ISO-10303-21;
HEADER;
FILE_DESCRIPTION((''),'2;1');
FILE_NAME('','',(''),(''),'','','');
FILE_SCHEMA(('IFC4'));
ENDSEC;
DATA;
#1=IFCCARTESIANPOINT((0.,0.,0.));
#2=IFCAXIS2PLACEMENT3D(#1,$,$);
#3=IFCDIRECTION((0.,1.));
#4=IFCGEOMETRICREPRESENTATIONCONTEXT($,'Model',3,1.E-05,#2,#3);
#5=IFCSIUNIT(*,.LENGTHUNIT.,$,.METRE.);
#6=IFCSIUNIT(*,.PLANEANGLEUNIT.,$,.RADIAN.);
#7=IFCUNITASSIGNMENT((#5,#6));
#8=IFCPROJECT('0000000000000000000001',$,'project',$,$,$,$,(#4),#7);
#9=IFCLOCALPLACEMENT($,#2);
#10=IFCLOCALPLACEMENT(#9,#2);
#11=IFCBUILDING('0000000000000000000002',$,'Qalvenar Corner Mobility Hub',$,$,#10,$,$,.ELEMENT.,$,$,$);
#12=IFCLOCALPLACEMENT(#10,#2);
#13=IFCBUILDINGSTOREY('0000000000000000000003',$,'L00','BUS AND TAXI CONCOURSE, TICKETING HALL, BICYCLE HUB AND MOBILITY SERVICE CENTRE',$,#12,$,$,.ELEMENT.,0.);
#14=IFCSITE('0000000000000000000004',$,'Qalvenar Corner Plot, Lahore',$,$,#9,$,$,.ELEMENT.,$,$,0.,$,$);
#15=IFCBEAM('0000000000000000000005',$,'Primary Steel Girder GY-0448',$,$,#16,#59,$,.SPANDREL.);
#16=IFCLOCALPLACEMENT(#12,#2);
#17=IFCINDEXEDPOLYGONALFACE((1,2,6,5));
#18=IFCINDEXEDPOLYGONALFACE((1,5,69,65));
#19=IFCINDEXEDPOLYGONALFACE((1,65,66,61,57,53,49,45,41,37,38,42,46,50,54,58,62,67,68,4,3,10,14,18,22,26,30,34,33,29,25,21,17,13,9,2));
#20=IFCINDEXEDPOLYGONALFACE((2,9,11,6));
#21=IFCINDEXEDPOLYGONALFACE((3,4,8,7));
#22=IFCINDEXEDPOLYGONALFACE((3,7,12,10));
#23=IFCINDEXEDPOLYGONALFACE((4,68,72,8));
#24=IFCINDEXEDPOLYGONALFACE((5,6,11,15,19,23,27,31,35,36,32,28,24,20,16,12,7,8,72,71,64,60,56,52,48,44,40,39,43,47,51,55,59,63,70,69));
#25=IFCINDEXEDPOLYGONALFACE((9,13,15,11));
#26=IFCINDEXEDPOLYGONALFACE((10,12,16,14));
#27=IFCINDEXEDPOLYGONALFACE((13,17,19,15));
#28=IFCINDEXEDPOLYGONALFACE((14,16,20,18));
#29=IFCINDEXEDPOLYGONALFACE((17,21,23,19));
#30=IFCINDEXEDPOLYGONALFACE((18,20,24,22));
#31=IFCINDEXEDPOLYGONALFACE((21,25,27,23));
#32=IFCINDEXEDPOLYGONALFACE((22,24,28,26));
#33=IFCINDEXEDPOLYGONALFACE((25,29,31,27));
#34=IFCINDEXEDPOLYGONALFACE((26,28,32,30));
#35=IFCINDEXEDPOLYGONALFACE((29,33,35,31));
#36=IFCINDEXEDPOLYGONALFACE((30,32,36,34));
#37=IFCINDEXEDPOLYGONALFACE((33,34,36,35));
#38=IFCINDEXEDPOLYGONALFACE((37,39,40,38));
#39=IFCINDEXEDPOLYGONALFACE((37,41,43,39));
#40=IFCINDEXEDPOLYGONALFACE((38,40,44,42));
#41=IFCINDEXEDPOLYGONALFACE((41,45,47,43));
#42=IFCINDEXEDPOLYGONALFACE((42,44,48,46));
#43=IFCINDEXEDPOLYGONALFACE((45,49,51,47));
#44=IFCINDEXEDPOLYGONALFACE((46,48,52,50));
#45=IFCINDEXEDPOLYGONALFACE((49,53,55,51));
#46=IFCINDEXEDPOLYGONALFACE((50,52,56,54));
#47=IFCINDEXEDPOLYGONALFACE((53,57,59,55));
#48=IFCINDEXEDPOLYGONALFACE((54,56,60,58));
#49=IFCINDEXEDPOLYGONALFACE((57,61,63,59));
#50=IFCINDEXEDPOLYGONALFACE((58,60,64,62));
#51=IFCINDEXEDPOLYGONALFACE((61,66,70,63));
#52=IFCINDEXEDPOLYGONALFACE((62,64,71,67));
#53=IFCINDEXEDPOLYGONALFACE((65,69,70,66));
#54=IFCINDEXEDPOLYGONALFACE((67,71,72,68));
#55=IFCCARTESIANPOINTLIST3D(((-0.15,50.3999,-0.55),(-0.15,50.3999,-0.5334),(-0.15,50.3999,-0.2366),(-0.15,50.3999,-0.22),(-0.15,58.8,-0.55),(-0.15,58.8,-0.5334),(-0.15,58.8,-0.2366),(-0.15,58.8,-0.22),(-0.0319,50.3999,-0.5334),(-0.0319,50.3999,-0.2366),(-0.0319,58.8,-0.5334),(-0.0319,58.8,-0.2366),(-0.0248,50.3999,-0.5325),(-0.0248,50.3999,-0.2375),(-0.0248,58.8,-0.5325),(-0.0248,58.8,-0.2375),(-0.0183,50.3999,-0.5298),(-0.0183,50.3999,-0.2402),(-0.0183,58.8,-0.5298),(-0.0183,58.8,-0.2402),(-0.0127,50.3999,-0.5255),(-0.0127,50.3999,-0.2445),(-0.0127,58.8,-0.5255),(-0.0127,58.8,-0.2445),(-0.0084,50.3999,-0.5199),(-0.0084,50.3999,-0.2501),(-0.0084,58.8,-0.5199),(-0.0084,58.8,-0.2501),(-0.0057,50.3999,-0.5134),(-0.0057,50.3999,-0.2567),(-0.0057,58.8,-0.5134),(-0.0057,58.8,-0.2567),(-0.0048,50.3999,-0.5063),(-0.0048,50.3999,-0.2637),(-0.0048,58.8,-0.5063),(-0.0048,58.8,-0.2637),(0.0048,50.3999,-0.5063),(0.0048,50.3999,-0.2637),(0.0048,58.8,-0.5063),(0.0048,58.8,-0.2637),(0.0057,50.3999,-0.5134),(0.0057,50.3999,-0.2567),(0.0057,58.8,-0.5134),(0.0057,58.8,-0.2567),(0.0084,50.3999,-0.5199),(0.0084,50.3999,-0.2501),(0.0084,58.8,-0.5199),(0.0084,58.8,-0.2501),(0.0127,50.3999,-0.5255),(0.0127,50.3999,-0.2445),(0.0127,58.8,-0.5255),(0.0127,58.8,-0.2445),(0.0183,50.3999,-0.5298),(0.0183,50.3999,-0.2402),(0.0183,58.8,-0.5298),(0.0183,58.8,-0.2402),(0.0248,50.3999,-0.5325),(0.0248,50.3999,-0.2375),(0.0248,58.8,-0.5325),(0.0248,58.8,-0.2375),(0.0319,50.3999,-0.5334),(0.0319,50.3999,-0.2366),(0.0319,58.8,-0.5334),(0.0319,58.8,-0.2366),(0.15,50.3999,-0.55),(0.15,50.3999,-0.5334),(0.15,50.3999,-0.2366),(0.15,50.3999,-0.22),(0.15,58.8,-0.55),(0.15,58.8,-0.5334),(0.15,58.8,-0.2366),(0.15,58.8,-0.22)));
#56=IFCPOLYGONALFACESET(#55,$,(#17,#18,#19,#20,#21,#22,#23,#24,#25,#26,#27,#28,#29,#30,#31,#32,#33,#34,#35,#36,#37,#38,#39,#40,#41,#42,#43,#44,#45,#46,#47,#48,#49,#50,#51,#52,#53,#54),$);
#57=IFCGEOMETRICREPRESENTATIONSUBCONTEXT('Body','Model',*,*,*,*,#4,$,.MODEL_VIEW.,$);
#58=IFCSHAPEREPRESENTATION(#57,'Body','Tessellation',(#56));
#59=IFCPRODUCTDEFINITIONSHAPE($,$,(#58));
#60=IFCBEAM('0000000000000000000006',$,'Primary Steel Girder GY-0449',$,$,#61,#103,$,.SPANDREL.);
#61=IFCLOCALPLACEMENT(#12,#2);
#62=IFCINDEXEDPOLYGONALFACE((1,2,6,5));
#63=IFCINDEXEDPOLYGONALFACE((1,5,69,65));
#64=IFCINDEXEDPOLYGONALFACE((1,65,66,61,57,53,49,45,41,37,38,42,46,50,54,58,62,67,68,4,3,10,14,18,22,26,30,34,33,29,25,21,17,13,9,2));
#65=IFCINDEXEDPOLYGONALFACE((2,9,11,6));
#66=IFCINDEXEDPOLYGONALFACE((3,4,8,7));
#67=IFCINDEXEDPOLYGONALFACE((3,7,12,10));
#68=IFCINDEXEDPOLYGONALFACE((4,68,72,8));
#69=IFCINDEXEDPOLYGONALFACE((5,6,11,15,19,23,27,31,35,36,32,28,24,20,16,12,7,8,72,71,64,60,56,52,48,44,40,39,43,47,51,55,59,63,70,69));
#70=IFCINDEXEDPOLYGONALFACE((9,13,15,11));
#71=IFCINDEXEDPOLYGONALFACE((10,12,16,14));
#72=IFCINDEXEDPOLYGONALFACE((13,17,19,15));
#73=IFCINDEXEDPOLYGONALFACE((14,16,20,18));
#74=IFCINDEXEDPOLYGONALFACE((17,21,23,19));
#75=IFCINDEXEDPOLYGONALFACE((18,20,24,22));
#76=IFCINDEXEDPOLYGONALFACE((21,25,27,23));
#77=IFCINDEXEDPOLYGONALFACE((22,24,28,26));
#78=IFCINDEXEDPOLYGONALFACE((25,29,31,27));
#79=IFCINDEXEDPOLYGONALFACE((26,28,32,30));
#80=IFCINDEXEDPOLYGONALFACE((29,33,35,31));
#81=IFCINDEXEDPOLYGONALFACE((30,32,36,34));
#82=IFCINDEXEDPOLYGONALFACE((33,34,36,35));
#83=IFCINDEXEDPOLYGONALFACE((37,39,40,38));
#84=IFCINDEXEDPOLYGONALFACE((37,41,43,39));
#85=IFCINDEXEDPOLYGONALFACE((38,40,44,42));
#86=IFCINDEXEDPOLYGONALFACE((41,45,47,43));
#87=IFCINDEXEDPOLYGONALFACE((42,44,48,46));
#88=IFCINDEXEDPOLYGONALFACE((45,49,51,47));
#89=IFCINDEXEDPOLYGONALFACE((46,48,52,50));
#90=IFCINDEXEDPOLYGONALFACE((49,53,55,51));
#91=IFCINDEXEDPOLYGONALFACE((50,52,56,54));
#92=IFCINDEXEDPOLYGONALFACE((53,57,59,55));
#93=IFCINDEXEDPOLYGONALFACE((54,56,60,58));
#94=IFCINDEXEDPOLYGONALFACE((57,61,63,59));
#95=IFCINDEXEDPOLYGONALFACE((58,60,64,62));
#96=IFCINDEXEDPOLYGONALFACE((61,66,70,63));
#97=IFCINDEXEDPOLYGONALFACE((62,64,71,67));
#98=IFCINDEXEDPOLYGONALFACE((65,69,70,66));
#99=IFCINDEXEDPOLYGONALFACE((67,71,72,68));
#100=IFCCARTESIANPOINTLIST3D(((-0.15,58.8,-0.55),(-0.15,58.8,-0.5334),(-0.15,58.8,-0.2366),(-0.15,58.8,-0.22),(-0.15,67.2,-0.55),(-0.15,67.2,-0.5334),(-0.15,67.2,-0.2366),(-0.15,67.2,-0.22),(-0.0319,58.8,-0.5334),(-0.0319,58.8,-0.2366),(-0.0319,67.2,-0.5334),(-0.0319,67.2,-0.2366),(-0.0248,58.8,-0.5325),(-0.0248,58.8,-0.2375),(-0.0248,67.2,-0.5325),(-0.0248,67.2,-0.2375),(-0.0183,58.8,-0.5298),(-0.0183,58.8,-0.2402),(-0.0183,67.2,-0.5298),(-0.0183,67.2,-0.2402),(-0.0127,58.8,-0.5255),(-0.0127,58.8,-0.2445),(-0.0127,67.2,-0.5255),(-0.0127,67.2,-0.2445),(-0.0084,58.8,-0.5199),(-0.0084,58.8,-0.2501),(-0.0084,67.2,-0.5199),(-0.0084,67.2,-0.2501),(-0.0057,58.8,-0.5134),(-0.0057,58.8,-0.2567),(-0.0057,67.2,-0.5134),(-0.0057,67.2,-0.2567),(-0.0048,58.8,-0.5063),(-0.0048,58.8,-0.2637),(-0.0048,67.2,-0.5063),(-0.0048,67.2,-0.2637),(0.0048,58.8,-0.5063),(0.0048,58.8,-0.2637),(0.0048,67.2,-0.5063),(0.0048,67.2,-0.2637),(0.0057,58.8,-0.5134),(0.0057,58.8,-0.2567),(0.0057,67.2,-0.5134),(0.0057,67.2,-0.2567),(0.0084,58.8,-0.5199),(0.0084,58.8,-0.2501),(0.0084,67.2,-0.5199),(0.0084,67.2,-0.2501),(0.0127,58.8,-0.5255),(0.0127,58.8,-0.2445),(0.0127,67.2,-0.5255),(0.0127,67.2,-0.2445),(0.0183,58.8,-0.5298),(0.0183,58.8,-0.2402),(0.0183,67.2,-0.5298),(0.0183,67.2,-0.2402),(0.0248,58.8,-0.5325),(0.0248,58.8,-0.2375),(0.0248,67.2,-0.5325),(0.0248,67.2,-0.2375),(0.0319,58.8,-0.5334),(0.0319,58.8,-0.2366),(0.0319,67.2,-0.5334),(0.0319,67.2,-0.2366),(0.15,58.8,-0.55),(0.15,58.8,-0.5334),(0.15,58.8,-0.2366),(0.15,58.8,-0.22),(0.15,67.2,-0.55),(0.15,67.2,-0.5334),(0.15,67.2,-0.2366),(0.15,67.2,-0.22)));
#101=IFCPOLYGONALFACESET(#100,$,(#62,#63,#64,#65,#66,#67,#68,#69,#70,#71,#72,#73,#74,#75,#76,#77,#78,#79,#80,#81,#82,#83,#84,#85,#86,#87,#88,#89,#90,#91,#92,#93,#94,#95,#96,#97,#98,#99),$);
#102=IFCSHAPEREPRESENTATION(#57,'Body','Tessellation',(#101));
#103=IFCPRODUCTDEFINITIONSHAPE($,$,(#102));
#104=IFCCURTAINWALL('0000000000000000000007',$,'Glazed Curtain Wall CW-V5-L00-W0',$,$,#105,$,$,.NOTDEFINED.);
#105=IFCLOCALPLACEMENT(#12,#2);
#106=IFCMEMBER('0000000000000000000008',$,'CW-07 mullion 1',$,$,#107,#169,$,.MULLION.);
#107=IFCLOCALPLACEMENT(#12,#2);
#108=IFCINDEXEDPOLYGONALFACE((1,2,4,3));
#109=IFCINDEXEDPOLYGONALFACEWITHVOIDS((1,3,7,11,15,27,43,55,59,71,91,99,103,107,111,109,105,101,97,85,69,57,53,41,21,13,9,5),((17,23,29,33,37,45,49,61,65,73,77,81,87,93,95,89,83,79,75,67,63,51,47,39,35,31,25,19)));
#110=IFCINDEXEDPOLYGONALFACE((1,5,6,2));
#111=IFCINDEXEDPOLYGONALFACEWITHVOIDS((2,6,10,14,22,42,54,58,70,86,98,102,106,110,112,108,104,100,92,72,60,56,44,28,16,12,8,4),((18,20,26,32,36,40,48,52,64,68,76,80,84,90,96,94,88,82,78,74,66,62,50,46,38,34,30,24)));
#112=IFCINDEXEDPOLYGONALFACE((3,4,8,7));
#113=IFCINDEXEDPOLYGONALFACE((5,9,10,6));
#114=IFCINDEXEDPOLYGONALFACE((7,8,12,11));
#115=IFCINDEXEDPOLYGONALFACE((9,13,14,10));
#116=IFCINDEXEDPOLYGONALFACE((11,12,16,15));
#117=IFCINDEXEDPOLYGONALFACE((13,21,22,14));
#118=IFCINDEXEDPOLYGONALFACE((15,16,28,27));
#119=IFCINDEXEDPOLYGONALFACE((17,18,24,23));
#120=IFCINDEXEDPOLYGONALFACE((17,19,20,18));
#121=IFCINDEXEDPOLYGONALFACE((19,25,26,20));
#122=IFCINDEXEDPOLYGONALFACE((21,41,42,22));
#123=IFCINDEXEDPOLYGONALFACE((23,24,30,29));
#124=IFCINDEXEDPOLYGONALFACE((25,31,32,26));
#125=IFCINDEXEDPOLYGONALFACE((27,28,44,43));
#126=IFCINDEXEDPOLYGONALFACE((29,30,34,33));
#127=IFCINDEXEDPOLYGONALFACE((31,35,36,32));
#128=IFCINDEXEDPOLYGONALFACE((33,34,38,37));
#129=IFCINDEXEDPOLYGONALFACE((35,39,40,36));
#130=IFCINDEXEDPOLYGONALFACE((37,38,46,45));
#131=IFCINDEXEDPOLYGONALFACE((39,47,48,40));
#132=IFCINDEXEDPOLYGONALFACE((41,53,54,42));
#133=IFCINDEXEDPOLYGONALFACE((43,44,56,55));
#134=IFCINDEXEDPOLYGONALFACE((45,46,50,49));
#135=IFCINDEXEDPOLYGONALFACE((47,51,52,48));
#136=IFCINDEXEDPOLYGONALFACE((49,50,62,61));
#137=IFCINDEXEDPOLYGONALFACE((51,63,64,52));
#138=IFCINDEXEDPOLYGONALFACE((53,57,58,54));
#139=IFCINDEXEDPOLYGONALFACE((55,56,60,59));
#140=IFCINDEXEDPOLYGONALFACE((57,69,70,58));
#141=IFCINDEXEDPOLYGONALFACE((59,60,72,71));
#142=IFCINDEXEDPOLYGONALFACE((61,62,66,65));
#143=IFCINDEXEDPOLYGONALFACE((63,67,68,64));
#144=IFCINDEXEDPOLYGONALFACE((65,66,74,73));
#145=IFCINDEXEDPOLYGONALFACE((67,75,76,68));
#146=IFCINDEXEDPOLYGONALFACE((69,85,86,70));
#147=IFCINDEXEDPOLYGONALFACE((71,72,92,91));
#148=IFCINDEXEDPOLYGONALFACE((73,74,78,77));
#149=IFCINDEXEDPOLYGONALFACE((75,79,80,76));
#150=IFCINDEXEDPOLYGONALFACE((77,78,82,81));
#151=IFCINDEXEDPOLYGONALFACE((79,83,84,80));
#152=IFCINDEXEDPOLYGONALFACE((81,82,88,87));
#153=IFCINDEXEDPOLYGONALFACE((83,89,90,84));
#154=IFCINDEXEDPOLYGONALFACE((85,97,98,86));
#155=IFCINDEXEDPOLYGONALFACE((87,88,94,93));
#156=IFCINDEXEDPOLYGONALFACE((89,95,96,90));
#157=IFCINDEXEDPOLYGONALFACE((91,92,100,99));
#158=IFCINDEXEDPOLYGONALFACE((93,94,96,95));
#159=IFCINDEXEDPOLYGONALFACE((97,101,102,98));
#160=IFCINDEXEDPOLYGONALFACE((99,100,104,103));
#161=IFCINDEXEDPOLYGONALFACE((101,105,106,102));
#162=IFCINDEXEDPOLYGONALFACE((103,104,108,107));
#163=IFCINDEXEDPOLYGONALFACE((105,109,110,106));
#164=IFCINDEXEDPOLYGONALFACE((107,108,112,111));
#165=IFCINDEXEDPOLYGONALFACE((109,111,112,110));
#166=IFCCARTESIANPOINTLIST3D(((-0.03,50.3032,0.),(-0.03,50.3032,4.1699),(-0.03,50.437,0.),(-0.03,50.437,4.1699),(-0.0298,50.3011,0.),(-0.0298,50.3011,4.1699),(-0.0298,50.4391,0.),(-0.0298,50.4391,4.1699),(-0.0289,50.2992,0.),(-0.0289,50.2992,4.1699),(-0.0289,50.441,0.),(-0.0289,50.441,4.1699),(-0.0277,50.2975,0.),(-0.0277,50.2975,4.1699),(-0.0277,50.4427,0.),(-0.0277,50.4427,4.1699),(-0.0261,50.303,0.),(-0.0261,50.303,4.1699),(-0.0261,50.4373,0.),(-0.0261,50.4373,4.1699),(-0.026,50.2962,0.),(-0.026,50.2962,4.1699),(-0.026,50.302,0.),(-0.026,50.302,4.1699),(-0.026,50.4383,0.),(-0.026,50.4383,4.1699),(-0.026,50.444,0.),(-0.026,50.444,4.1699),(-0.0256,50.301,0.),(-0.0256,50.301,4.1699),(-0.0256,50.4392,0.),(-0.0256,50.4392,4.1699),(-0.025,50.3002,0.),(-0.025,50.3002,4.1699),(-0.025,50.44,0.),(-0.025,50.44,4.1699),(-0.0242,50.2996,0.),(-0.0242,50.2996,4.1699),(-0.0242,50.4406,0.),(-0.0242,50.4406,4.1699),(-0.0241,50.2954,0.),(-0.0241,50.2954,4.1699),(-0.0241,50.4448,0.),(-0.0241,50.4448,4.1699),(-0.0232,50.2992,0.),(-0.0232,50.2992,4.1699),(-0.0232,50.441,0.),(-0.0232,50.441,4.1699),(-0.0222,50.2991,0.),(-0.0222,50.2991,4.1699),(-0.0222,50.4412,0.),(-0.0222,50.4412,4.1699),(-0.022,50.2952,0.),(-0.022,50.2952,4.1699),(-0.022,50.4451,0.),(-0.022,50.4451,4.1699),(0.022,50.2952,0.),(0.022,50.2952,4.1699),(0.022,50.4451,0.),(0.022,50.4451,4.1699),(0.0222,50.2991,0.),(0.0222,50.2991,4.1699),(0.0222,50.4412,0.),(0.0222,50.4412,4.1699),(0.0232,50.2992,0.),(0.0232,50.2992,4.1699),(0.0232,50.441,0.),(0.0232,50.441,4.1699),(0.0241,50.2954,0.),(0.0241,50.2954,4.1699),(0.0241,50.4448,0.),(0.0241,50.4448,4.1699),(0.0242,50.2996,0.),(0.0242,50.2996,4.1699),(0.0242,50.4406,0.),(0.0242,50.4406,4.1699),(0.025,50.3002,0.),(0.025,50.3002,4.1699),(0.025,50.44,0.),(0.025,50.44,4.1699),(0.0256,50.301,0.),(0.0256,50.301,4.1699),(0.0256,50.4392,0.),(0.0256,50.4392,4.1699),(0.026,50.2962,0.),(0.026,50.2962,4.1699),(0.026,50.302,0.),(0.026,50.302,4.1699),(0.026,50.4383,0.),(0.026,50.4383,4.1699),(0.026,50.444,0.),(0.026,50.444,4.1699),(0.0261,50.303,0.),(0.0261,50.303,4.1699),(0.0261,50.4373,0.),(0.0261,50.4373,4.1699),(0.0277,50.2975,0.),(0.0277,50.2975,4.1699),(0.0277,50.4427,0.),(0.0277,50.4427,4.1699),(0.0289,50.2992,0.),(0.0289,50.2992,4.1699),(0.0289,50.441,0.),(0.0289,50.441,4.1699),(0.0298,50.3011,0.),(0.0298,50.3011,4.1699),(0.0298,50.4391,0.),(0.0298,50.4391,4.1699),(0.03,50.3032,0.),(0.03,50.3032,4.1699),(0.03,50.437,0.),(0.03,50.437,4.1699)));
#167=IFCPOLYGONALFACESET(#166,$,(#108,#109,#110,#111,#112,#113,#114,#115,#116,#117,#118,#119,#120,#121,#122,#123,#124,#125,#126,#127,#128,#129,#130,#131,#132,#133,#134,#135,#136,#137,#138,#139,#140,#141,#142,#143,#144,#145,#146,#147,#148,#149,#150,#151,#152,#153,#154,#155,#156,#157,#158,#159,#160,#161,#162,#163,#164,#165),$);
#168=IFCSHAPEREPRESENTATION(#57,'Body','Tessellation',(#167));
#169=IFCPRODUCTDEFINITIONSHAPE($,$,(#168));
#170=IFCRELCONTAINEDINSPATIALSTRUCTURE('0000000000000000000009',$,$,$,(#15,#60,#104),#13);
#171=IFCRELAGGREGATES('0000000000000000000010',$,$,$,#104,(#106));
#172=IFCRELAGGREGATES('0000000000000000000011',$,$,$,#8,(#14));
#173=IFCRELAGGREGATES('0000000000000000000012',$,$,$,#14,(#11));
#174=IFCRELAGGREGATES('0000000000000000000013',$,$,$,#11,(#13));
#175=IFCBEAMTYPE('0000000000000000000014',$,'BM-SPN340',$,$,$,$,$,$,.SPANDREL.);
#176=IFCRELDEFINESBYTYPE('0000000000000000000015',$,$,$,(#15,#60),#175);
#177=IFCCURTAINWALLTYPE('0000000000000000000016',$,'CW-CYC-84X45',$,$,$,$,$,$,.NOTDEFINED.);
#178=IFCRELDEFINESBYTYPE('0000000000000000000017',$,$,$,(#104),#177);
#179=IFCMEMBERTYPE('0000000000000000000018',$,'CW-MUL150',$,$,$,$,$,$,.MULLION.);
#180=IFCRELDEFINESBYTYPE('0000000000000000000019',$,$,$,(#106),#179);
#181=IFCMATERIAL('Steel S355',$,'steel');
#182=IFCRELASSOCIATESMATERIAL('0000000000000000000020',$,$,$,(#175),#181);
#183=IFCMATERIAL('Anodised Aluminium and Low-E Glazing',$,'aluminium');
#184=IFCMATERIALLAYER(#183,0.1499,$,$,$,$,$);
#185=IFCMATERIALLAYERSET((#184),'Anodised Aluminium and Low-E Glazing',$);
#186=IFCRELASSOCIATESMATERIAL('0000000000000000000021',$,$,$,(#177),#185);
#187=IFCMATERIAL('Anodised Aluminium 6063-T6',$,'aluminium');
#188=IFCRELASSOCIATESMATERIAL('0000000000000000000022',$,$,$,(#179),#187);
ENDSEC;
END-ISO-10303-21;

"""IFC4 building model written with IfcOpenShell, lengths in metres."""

from ifc_helpers import new_model, si_unit, direction, frame, origin, origin_2d, place, context, subcontext, project, spatial, hollow_rectangle, i_section, extrude, material, layer, layer_set, material_profile, profile_set, type_object, element, aggregate, save


model = new_model("IFC4")

# Units and contexts
model_context = context("Model", 3, precision=1e-05, world=origin(), true_north=direction((0.0, 1.0)))
body_context = subcontext(model_context, "Body", "Model", "MODEL_VIEW")
ifc_project = project(units=[si_unit("LENGTHUNIT", "METRE"), si_unit("PLANEANGLEUNIT", "RADIAN")], contexts=[model_context])

# Site, building, storey
site_placement = place(None, origin())
site = spatial("IfcSite", under=ifc_project, at=site_placement, Name="Qalvenar Corner Plot, Lahore", CompositionType="ELEMENT", RefElevation=0.0)
building_placement = place(site_placement, origin())
building = spatial("IfcBuilding", under=site, at=building_placement, Name="Qalvenar Corner Mobility Hub", CompositionType="ELEMENT")
storey_placement = place(building_placement, origin())
storey = spatial("IfcBuildingStorey", under=building, at=storey_placement, Name="L00", Description="BUS AND TAXI CONCOURSE, TICKETING HALL, BICYCLE HUB AND MOBILITY SERVICE CENTRE", CompositionType="ELEMENT", Elevation=0.0)

# Shared definitions
ifc_material_1 = material(Name="Steel S355", Category="steel")

# Beams
ifc_material_profile_1 = material_profile(ifc_material_1, i_section(OverallWidth=0.3, OverallDepth=0.3301, WebThickness=0.0095, FlangeThickness=0.0166, FilletRadius=0.0271, at=origin_2d()), Name="HEA340")
ifc_profile_set_1 = profile_set([ifc_material_profile_1], Name="Steel S355")
beam_type_1 = type_object("IfcBeamType", Name="BM-SPN340", PredefinedType="SPANDREL", material=ifc_profile_set_1)
beam_1_placement = place(storey_placement, frame((0.0, 50.3999, -0.385), z_axis=(0.0, 1.0, 0.0), x_axis=(-1.0, 0.0, 0.0)))
element("IfcBeam", 1, at=beam_1_placement, inside=storey, type_object=beam_type_1, Name="Primary Steel Girder GY-0448", PredefinedType="SPANDREL", context=body_context, shape_type="SweptSolid", body=[
    extrude(i_section(OverallWidth=0.3, OverallDepth=0.3301, WebThickness=0.0095, FlangeThickness=0.0166, FilletRadius=0.0271, at=origin_2d()), origin(), (0.0, 0.0, 1.0), 8.4001),
])
beam_2_placement = place(storey_placement, frame((0.0, 58.8, -0.385), z_axis=(0.0, 1.0, 0.0), x_axis=(-1.0, 0.0, 0.0)))
element("IfcBeam", 2, at=beam_2_placement, inside=storey, type_object=beam_type_1, Name="Primary Steel Girder GY-0449", PredefinedType="SPANDREL", context=body_context, shape_type="SweptSolid", body=[
    extrude(i_section(OverallWidth=0.3, OverallDepth=0.3301, WebThickness=0.0095, FlangeThickness=0.0166, FilletRadius=0.0271, at=origin_2d()), origin(), (0.0, 0.0, 1.0), 8.3999),
])

# Curtain wall, member
ifc_material_2 = material(Name="Anodised Aluminium and Low-E Glazing", Category="aluminium")
ifc_layer_1 = layer(ifc_material_2, 0.1499)
ifc_layer_set_1 = layer_set([ifc_layer_1], Name="Anodised Aluminium and Low-E Glazing")
curtain_wall_type = type_object("IfcCurtainWallType", Name="CW-CYC-84X45", PredefinedType="NOTDEFINED", material=ifc_layer_set_1)
curtain_wall_1_placement = place(storey_placement, origin())
curtain_wall_1 = element("IfcCurtainWall", 3, at=curtain_wall_1_placement, inside=storey, type_object=curtain_wall_type, Name="Glazed Curtain Wall CW-V5-L00-W0", PredefinedType="NOTDEFINED")
ifc_material_3 = material(Name="Anodised Aluminium 6063-T6", Category="aluminium")
ifc_material_profile_2 = material_profile(ifc_material_3, hollow_rectangle(XDim=0.0601, YDim=0.1499, WallThickness=0.0039, InnerFilletRadius=0.0039, OuterFilletRadius=0.0081, at=origin_2d()), Name="RHS150x60x4")
ifc_profile_set_2 = profile_set([ifc_material_profile_2], Name="Anodised Aluminium 6063-T6")
member_type_1 = type_object("IfcMemberType", Name="CW-MUL150", PredefinedType="MULLION", material=ifc_profile_set_2)
member_1_placement = place(storey_placement, frame((0.0, 50.3701, 0.0), z_axis=(0.0, 0.0, 1.0), x_axis=(1.0, 0.0, 0.0)))
member_1 = element("IfcMember", 4, at=member_1_placement, type_object=member_type_1, Name="CW-07 mullion 1", PredefinedType="MULLION", context=body_context, shape_type="SweptSolid", body=[
    extrude(hollow_rectangle(XDim=0.0601, YDim=0.1499, WallThickness=0.0039, InnerFilletRadius=0.0039, OuterFilletRadius=0.0081, at=origin_2d()), origin(), (0.0, 0.0, 1.0), 4.1699),
])

aggregate(curtain_wall_1, [member_1])

save(model, "model.ifc")
